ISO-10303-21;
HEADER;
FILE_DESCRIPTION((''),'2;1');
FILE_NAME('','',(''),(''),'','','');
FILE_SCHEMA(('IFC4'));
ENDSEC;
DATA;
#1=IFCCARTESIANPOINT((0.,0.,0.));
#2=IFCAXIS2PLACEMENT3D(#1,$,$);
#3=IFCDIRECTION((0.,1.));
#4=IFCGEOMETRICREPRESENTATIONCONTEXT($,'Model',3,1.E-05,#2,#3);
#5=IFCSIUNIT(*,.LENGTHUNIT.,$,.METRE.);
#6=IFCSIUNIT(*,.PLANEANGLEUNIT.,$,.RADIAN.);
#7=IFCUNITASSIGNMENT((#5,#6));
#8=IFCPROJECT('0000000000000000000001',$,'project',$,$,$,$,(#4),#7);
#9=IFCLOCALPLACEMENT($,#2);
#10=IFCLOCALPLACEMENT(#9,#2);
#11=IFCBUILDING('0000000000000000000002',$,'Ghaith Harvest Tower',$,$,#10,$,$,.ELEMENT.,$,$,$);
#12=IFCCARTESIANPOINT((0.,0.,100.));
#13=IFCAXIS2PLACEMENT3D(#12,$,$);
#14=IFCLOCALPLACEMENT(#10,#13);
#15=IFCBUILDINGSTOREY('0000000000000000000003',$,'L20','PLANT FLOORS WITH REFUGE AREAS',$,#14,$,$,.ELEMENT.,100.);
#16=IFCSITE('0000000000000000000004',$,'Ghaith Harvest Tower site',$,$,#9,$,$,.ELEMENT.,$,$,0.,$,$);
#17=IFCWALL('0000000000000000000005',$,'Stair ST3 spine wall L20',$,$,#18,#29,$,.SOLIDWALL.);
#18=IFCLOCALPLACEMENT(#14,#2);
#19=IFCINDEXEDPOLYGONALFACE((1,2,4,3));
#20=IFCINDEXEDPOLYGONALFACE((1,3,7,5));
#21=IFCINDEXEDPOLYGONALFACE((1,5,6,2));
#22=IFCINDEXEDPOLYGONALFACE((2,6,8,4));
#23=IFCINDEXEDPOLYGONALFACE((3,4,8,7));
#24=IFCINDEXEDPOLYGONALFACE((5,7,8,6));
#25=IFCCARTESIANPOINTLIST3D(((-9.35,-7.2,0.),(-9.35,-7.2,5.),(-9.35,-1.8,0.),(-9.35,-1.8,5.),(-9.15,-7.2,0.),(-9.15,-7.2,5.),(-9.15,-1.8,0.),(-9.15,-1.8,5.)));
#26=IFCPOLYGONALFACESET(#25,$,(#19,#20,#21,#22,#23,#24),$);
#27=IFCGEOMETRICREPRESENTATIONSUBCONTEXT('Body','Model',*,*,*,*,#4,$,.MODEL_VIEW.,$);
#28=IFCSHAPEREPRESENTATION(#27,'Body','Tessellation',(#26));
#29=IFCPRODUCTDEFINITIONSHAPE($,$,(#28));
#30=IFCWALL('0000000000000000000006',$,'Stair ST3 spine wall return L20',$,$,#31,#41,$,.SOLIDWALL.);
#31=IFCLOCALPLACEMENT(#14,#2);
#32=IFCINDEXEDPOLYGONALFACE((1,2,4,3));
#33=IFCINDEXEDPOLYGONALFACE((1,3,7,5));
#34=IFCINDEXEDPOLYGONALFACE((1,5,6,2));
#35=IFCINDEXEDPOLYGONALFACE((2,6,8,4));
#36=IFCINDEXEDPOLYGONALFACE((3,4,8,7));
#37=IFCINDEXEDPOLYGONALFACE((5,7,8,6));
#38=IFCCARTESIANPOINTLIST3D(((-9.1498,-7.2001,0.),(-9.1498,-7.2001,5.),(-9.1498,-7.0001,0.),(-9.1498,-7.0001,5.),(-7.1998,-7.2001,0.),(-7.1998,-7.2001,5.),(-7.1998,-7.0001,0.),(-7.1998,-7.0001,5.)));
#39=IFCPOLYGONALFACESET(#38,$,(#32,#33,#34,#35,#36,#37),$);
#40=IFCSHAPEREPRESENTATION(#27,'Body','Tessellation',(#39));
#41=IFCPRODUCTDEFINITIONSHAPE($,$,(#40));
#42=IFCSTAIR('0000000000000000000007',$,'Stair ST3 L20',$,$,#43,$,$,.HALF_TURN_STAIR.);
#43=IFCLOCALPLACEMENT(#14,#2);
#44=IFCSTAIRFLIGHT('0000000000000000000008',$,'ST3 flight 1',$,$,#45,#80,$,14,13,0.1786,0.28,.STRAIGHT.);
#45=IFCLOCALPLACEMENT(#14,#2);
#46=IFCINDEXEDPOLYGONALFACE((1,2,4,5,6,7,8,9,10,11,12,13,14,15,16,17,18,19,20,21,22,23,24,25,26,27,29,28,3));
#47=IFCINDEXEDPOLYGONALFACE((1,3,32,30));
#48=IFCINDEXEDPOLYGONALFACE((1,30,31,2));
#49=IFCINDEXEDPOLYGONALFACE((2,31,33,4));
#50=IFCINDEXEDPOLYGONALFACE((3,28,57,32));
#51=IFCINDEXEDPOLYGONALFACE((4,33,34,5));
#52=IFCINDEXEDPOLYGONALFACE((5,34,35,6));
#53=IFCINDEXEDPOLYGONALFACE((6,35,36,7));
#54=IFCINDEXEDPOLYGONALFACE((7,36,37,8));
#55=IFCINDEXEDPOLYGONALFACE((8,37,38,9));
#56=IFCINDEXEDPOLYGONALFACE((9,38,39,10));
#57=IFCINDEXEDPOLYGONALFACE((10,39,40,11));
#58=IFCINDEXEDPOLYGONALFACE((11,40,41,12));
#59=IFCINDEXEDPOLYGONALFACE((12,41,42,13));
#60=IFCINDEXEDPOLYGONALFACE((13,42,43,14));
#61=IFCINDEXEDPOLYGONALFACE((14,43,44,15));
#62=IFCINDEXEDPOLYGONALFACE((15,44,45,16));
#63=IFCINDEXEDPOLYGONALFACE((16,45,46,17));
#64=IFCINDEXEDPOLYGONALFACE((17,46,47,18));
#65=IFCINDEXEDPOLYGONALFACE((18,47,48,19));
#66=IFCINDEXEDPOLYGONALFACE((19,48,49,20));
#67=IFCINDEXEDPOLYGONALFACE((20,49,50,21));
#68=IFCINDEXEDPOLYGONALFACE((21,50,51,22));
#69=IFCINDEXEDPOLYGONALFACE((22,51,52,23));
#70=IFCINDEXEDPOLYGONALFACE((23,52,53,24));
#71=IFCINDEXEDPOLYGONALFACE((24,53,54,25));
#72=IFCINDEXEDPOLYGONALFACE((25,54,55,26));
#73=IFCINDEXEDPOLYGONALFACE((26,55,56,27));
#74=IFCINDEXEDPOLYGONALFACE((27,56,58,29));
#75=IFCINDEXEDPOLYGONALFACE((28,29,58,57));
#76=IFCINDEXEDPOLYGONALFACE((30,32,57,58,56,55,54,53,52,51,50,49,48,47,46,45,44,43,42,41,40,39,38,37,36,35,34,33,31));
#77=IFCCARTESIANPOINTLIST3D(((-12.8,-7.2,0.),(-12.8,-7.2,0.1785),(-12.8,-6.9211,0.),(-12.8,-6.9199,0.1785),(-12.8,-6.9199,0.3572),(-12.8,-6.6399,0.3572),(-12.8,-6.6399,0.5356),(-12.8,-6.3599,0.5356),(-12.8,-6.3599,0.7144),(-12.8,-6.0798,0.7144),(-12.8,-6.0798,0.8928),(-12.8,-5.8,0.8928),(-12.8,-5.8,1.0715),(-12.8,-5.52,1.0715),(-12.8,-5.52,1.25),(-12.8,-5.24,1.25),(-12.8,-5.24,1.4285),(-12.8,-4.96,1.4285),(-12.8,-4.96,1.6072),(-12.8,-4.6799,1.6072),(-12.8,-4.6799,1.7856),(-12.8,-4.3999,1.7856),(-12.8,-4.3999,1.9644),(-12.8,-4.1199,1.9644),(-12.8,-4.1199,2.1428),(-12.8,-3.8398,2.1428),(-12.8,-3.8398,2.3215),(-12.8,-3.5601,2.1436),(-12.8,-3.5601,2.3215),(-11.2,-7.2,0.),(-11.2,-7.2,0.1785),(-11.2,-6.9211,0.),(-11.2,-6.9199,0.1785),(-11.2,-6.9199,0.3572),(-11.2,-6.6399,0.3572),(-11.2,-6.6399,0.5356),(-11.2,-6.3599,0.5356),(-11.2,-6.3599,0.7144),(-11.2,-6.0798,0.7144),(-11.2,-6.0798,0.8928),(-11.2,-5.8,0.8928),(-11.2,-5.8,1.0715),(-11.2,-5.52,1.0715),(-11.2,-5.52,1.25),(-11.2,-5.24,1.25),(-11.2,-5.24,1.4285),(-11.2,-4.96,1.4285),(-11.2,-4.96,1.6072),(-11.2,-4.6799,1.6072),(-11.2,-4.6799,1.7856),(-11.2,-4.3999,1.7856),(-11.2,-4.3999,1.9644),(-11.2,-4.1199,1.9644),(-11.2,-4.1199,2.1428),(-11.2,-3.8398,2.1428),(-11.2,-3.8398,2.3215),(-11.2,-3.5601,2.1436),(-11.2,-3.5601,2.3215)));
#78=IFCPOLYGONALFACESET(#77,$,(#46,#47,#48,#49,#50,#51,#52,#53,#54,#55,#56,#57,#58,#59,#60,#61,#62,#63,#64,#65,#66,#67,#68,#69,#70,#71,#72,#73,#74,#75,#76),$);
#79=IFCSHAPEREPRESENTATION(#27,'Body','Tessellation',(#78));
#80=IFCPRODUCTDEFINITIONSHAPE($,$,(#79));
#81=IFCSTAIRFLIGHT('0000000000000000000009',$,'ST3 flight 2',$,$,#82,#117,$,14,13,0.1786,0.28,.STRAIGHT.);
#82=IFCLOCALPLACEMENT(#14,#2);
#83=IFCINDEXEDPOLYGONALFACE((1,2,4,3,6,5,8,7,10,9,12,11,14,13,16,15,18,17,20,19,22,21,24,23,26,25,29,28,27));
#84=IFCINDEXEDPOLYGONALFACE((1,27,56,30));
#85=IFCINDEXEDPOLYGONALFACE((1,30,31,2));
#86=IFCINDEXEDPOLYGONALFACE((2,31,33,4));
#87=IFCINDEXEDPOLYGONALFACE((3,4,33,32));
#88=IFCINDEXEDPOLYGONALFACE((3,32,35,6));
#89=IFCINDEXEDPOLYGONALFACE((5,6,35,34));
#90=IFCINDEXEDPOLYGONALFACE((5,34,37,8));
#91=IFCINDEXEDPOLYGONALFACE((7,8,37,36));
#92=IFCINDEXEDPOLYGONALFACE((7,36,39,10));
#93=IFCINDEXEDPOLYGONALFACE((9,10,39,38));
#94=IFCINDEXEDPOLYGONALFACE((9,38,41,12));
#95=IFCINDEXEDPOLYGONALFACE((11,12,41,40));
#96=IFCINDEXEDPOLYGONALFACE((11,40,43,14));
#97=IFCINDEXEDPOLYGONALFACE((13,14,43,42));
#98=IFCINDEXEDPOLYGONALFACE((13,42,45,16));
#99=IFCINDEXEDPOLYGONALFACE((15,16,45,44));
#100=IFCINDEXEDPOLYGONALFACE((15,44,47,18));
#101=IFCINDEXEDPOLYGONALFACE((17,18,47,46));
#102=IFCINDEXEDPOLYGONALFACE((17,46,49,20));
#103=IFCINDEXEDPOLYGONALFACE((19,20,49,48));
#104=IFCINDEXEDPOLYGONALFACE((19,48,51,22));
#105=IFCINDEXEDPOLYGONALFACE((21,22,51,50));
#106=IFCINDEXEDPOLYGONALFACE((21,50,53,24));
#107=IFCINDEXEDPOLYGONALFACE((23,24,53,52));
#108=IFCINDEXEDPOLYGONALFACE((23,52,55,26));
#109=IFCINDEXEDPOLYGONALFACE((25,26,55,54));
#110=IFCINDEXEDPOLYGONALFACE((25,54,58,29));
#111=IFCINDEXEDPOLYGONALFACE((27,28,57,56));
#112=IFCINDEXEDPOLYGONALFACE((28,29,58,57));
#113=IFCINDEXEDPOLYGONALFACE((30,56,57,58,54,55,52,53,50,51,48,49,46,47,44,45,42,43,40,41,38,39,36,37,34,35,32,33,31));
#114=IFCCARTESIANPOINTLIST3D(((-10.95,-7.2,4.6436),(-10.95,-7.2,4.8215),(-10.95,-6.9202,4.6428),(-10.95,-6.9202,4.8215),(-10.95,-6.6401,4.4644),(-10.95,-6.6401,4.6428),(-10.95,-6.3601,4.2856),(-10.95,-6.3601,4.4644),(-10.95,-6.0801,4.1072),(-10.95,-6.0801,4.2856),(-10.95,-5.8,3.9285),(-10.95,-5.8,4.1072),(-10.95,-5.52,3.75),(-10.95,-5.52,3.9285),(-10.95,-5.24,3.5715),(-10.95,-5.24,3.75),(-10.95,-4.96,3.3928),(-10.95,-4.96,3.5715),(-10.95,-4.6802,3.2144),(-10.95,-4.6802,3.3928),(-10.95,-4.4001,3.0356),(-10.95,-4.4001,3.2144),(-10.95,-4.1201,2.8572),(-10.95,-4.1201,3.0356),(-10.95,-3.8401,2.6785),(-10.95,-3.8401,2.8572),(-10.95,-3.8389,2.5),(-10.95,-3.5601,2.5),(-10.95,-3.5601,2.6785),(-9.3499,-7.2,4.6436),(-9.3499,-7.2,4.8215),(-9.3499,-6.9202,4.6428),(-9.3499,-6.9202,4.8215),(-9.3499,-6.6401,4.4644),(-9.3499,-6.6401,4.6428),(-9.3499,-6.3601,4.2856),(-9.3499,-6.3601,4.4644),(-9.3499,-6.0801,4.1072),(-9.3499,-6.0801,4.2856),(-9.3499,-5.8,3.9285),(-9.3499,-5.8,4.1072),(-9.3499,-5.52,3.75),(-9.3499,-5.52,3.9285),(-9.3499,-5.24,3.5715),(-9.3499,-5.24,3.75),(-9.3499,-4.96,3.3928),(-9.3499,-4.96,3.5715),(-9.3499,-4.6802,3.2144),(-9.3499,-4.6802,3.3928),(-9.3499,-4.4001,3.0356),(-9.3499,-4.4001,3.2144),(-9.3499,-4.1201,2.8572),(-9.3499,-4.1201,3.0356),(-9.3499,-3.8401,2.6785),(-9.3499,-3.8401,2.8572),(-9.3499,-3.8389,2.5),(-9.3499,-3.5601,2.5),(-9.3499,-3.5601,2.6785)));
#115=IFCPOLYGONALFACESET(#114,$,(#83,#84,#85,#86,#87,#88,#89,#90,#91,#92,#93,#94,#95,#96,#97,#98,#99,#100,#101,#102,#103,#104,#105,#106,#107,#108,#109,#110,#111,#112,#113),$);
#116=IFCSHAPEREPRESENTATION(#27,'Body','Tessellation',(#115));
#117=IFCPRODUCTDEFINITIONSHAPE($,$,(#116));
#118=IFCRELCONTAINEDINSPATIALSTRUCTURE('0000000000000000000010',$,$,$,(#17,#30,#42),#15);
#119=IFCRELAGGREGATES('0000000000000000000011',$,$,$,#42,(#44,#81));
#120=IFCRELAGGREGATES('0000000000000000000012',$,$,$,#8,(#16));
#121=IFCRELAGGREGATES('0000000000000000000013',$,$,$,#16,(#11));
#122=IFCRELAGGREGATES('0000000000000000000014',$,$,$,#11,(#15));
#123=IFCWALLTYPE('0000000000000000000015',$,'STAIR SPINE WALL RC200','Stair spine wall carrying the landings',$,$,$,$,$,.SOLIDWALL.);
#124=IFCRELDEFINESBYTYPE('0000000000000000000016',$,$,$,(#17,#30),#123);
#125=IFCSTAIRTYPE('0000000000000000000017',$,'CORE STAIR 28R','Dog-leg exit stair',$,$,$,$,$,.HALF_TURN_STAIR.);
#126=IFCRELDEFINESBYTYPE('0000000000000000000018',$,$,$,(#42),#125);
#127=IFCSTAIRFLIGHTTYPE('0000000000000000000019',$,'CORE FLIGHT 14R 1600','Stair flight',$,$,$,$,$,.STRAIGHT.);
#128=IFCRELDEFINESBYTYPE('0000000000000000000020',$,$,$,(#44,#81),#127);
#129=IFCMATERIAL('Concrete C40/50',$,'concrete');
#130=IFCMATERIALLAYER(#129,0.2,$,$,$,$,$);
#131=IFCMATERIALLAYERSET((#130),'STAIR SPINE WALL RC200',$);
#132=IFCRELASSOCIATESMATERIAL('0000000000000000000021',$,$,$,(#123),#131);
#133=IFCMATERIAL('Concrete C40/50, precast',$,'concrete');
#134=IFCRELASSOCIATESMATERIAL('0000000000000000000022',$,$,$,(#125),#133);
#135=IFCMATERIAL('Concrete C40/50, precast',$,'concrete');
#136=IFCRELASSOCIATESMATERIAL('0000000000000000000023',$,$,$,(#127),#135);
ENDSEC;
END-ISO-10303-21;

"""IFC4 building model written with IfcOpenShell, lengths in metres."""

from ifc_helpers import new_model, si_unit, direction, frame, frame_2d, origin, place, context, subcontext, project, spatial, polyline, rectangle, outline, extrude, material, layer, layer_set, type_object, element, aggregate, save


model = new_model("IFC4")

# Units and contexts
model_context = context("Model", 3, precision=1e-05, world=origin(), true_north=direction((0.0, 1.0)))
body_context = subcontext(model_context, "Body", "Model", "MODEL_VIEW")
ifc_project = project(units=[si_unit("LENGTHUNIT", "METRE"), si_unit("PLANEANGLEUNIT", "RADIAN")], contexts=[model_context])

# Site, building, storey
site_placement = place(None, origin())
site = spatial("IfcSite", under=ifc_project, at=site_placement, Name="Ghaith Harvest Tower site", CompositionType="ELEMENT", RefElevation=0.0)
building_placement = place(site_placement, origin())
building = spatial("IfcBuilding", under=site, at=building_placement, Name="Ghaith Harvest Tower", CompositionType="ELEMENT")
storey_placement = place(building_placement, frame((0.0, 0.0, 100.0)))
storey = spatial("IfcBuildingStorey", under=building, at=storey_placement, Name="L20", Description="PLANT FLOORS WITH REFUGE AREAS", CompositionType="ELEMENT", Elevation=100.0)

# Walls
ifc_material_1 = material(Name="Concrete C40/50", Category="concrete")
ifc_layer_1 = layer(ifc_material_1, 0.2)
ifc_layer_set_1 = layer_set([ifc_layer_1], Name="STAIR SPINE WALL RC200")
wall_type_1 = type_object("IfcWallType", Name="STAIR SPINE WALL RC200", Description="Stair spine wall carrying the landings", PredefinedType="SOLIDWALL", material=ifc_layer_set_1)
wall_1_placement = place(storey_placement, frame((-9.25, -7.2, 0.0), z_axis=(0.0, 0.0, 1.0), x_axis=(0.0, 1.0, 0.0)))
element("IfcWall", 1, at=wall_1_placement, inside=storey, type_object=wall_type_1, Name="Stair ST3 spine wall L20", PredefinedType="SOLIDWALL", context=body_context, shape_type="SweptSolid", body=[
    extrude(rectangle(XDim=5.3999, YDim=0.2, at=frame_2d((2.7, 0.0))), origin(), (0.0, 0.0, 1.0), 5.0),
])
wall_2_placement = place(storey_placement, frame((-9.1499, -7.1001, 0.0), z_axis=(0.0, 0.0, 1.0), x_axis=(1.0, 0.0, 0.0)))
element("IfcWall", 2, at=wall_2_placement, inside=storey, type_object=wall_type_1, Name="Stair ST3 spine wall return L20", PredefinedType="SOLIDWALL", context=body_context, shape_type="SweptSolid", body=[
    extrude(rectangle(XDim=1.95, YDim=0.2, at=frame_2d((0.9751, 0.0))), origin(), (0.0, 0.0, 1.0), 5.0),
])

# Stair, stair flights
ifc_material_2 = material(Name="Concrete C40/50, precast", Category="concrete")
stair_type = type_object("IfcStairType", Name="CORE STAIR 28R", Description="Dog-leg exit stair", PredefinedType="HALF_TURN_STAIR", material=ifc_material_2)
stair_placement = place(storey_placement, origin())
stair = element("IfcStair", 3, at=stair_placement, inside=storey, type_object=stair_type, Name="Stair ST3 L20", PredefinedType="HALF_TURN_STAIR")
ifc_material_3 = material(Name="Concrete C40/50, precast", Category="concrete")
stair_flight_type = type_object("IfcStairFlightType", Name="CORE FLIGHT 14R 1600", Description="Stair flight", PredefinedType="STRAIGHT", material=ifc_material_3)
stair_flight_1_placement = place(storey_placement, frame((-12.0, -7.2, 0.0), z_axis=(0.0, 0.0, 1.0), x_axis=(0.0, 1.0, 0.0)))
stair_flight_1 = element("IfcStairFlight", 4, at=stair_flight_1_placement, type_object=stair_flight_type, Name="ST3 flight 1", NumberOfRisers=14, NumberOfTreads=13, PredefinedType="STRAIGHT", RiserHeight=0.1786, TreadLength=0.28, context=body_context, shape_type="SweptSolid", body=[
    extrude(outline(polyline([(0.0, 0.0), (0.0, 0.1785), (0.28, 0.1785), (0.28, 0.3572), (0.5601, 0.3572), (0.5601, 0.5356), (0.8401, 0.5356), (0.8401, 0.7144), (1.1201, 0.7144), (1.1201, 0.8928), (1.3999, 0.8928), (1.3999, 1.0715), (1.6799, 1.0715), (1.6799, 1.25), (1.96, 1.25), (1.96, 1.4285), (2.24, 1.4285), (2.24, 1.6072), (2.52, 1.6072), (2.52, 1.7856), (2.8, 1.7856), (2.8, 1.9644), (3.0801, 1.9644), (3.0801, 2.1428), (3.3601, 2.1428), (3.3601, 2.3215), (3.6399, 2.3215), (3.6399, 2.5), (3.6399, 2.1436), (0.2788, 0.0), (0.0, 0.0)])), frame((0.0, 0.8, 0.0), z_axis=(0.0, -1.0, 0.0), x_axis=(1.0, 0.0, 0.0)), (0.0, 0.0, 1.0), 1.6001),
])
stair_flight_2_placement = place(storey_placement, frame((-10.1499, -3.5601, 2.5), z_axis=(0.0, 0.0, 1.0), x_axis=(0.0, -1.0, 0.0)))
stair_flight_2 = element("IfcStairFlight", 5, at=stair_flight_2_placement, type_object=stair_flight_type, Name="ST3 flight 2", NumberOfRisers=14, NumberOfTreads=13, PredefinedType="STRAIGHT", RiserHeight=0.1786, TreadLength=0.28, context=body_context, shape_type="SweptSolid", body=[
    extrude(outline(polyline([(0.0, 0.0), (0.0, 0.1785), (0.28, 0.1785), (0.28, 0.3572), (0.5601, 0.3572), (0.5601, 0.5356), (0.8401, 0.5356), (0.8401, 0.7144), (1.1201, 0.7144), (1.1201, 0.8928), (1.3999, 0.8928), (1.3999, 1.0715), (1.6799, 1.0715), (1.6799, 1.25), (1.96, 1.25), (1.96, 1.4285), (2.24, 1.4285), (2.24, 1.6072), (2.52, 1.6072), (2.52, 1.7856), (2.8, 1.7856), (2.8, 1.9644), (3.0801, 1.9644), (3.0801, 2.1428), (3.3601, 2.1428), (3.3601, 2.3215), (3.6399, 2.3215), (3.6399, 2.5), (3.6399, 2.1436), (0.2788, 0.0), (0.0, 0.0)])), frame((0.0, 0.8, 0.0), z_axis=(0.0, -1.0, 0.0), x_axis=(1.0, 0.0, 0.0)), (0.0, 0.0, 1.0), 1.6001),
])
aggregate(stair, [stair_flight_1, stair_flight_2])

save(model, "model.ifc")
